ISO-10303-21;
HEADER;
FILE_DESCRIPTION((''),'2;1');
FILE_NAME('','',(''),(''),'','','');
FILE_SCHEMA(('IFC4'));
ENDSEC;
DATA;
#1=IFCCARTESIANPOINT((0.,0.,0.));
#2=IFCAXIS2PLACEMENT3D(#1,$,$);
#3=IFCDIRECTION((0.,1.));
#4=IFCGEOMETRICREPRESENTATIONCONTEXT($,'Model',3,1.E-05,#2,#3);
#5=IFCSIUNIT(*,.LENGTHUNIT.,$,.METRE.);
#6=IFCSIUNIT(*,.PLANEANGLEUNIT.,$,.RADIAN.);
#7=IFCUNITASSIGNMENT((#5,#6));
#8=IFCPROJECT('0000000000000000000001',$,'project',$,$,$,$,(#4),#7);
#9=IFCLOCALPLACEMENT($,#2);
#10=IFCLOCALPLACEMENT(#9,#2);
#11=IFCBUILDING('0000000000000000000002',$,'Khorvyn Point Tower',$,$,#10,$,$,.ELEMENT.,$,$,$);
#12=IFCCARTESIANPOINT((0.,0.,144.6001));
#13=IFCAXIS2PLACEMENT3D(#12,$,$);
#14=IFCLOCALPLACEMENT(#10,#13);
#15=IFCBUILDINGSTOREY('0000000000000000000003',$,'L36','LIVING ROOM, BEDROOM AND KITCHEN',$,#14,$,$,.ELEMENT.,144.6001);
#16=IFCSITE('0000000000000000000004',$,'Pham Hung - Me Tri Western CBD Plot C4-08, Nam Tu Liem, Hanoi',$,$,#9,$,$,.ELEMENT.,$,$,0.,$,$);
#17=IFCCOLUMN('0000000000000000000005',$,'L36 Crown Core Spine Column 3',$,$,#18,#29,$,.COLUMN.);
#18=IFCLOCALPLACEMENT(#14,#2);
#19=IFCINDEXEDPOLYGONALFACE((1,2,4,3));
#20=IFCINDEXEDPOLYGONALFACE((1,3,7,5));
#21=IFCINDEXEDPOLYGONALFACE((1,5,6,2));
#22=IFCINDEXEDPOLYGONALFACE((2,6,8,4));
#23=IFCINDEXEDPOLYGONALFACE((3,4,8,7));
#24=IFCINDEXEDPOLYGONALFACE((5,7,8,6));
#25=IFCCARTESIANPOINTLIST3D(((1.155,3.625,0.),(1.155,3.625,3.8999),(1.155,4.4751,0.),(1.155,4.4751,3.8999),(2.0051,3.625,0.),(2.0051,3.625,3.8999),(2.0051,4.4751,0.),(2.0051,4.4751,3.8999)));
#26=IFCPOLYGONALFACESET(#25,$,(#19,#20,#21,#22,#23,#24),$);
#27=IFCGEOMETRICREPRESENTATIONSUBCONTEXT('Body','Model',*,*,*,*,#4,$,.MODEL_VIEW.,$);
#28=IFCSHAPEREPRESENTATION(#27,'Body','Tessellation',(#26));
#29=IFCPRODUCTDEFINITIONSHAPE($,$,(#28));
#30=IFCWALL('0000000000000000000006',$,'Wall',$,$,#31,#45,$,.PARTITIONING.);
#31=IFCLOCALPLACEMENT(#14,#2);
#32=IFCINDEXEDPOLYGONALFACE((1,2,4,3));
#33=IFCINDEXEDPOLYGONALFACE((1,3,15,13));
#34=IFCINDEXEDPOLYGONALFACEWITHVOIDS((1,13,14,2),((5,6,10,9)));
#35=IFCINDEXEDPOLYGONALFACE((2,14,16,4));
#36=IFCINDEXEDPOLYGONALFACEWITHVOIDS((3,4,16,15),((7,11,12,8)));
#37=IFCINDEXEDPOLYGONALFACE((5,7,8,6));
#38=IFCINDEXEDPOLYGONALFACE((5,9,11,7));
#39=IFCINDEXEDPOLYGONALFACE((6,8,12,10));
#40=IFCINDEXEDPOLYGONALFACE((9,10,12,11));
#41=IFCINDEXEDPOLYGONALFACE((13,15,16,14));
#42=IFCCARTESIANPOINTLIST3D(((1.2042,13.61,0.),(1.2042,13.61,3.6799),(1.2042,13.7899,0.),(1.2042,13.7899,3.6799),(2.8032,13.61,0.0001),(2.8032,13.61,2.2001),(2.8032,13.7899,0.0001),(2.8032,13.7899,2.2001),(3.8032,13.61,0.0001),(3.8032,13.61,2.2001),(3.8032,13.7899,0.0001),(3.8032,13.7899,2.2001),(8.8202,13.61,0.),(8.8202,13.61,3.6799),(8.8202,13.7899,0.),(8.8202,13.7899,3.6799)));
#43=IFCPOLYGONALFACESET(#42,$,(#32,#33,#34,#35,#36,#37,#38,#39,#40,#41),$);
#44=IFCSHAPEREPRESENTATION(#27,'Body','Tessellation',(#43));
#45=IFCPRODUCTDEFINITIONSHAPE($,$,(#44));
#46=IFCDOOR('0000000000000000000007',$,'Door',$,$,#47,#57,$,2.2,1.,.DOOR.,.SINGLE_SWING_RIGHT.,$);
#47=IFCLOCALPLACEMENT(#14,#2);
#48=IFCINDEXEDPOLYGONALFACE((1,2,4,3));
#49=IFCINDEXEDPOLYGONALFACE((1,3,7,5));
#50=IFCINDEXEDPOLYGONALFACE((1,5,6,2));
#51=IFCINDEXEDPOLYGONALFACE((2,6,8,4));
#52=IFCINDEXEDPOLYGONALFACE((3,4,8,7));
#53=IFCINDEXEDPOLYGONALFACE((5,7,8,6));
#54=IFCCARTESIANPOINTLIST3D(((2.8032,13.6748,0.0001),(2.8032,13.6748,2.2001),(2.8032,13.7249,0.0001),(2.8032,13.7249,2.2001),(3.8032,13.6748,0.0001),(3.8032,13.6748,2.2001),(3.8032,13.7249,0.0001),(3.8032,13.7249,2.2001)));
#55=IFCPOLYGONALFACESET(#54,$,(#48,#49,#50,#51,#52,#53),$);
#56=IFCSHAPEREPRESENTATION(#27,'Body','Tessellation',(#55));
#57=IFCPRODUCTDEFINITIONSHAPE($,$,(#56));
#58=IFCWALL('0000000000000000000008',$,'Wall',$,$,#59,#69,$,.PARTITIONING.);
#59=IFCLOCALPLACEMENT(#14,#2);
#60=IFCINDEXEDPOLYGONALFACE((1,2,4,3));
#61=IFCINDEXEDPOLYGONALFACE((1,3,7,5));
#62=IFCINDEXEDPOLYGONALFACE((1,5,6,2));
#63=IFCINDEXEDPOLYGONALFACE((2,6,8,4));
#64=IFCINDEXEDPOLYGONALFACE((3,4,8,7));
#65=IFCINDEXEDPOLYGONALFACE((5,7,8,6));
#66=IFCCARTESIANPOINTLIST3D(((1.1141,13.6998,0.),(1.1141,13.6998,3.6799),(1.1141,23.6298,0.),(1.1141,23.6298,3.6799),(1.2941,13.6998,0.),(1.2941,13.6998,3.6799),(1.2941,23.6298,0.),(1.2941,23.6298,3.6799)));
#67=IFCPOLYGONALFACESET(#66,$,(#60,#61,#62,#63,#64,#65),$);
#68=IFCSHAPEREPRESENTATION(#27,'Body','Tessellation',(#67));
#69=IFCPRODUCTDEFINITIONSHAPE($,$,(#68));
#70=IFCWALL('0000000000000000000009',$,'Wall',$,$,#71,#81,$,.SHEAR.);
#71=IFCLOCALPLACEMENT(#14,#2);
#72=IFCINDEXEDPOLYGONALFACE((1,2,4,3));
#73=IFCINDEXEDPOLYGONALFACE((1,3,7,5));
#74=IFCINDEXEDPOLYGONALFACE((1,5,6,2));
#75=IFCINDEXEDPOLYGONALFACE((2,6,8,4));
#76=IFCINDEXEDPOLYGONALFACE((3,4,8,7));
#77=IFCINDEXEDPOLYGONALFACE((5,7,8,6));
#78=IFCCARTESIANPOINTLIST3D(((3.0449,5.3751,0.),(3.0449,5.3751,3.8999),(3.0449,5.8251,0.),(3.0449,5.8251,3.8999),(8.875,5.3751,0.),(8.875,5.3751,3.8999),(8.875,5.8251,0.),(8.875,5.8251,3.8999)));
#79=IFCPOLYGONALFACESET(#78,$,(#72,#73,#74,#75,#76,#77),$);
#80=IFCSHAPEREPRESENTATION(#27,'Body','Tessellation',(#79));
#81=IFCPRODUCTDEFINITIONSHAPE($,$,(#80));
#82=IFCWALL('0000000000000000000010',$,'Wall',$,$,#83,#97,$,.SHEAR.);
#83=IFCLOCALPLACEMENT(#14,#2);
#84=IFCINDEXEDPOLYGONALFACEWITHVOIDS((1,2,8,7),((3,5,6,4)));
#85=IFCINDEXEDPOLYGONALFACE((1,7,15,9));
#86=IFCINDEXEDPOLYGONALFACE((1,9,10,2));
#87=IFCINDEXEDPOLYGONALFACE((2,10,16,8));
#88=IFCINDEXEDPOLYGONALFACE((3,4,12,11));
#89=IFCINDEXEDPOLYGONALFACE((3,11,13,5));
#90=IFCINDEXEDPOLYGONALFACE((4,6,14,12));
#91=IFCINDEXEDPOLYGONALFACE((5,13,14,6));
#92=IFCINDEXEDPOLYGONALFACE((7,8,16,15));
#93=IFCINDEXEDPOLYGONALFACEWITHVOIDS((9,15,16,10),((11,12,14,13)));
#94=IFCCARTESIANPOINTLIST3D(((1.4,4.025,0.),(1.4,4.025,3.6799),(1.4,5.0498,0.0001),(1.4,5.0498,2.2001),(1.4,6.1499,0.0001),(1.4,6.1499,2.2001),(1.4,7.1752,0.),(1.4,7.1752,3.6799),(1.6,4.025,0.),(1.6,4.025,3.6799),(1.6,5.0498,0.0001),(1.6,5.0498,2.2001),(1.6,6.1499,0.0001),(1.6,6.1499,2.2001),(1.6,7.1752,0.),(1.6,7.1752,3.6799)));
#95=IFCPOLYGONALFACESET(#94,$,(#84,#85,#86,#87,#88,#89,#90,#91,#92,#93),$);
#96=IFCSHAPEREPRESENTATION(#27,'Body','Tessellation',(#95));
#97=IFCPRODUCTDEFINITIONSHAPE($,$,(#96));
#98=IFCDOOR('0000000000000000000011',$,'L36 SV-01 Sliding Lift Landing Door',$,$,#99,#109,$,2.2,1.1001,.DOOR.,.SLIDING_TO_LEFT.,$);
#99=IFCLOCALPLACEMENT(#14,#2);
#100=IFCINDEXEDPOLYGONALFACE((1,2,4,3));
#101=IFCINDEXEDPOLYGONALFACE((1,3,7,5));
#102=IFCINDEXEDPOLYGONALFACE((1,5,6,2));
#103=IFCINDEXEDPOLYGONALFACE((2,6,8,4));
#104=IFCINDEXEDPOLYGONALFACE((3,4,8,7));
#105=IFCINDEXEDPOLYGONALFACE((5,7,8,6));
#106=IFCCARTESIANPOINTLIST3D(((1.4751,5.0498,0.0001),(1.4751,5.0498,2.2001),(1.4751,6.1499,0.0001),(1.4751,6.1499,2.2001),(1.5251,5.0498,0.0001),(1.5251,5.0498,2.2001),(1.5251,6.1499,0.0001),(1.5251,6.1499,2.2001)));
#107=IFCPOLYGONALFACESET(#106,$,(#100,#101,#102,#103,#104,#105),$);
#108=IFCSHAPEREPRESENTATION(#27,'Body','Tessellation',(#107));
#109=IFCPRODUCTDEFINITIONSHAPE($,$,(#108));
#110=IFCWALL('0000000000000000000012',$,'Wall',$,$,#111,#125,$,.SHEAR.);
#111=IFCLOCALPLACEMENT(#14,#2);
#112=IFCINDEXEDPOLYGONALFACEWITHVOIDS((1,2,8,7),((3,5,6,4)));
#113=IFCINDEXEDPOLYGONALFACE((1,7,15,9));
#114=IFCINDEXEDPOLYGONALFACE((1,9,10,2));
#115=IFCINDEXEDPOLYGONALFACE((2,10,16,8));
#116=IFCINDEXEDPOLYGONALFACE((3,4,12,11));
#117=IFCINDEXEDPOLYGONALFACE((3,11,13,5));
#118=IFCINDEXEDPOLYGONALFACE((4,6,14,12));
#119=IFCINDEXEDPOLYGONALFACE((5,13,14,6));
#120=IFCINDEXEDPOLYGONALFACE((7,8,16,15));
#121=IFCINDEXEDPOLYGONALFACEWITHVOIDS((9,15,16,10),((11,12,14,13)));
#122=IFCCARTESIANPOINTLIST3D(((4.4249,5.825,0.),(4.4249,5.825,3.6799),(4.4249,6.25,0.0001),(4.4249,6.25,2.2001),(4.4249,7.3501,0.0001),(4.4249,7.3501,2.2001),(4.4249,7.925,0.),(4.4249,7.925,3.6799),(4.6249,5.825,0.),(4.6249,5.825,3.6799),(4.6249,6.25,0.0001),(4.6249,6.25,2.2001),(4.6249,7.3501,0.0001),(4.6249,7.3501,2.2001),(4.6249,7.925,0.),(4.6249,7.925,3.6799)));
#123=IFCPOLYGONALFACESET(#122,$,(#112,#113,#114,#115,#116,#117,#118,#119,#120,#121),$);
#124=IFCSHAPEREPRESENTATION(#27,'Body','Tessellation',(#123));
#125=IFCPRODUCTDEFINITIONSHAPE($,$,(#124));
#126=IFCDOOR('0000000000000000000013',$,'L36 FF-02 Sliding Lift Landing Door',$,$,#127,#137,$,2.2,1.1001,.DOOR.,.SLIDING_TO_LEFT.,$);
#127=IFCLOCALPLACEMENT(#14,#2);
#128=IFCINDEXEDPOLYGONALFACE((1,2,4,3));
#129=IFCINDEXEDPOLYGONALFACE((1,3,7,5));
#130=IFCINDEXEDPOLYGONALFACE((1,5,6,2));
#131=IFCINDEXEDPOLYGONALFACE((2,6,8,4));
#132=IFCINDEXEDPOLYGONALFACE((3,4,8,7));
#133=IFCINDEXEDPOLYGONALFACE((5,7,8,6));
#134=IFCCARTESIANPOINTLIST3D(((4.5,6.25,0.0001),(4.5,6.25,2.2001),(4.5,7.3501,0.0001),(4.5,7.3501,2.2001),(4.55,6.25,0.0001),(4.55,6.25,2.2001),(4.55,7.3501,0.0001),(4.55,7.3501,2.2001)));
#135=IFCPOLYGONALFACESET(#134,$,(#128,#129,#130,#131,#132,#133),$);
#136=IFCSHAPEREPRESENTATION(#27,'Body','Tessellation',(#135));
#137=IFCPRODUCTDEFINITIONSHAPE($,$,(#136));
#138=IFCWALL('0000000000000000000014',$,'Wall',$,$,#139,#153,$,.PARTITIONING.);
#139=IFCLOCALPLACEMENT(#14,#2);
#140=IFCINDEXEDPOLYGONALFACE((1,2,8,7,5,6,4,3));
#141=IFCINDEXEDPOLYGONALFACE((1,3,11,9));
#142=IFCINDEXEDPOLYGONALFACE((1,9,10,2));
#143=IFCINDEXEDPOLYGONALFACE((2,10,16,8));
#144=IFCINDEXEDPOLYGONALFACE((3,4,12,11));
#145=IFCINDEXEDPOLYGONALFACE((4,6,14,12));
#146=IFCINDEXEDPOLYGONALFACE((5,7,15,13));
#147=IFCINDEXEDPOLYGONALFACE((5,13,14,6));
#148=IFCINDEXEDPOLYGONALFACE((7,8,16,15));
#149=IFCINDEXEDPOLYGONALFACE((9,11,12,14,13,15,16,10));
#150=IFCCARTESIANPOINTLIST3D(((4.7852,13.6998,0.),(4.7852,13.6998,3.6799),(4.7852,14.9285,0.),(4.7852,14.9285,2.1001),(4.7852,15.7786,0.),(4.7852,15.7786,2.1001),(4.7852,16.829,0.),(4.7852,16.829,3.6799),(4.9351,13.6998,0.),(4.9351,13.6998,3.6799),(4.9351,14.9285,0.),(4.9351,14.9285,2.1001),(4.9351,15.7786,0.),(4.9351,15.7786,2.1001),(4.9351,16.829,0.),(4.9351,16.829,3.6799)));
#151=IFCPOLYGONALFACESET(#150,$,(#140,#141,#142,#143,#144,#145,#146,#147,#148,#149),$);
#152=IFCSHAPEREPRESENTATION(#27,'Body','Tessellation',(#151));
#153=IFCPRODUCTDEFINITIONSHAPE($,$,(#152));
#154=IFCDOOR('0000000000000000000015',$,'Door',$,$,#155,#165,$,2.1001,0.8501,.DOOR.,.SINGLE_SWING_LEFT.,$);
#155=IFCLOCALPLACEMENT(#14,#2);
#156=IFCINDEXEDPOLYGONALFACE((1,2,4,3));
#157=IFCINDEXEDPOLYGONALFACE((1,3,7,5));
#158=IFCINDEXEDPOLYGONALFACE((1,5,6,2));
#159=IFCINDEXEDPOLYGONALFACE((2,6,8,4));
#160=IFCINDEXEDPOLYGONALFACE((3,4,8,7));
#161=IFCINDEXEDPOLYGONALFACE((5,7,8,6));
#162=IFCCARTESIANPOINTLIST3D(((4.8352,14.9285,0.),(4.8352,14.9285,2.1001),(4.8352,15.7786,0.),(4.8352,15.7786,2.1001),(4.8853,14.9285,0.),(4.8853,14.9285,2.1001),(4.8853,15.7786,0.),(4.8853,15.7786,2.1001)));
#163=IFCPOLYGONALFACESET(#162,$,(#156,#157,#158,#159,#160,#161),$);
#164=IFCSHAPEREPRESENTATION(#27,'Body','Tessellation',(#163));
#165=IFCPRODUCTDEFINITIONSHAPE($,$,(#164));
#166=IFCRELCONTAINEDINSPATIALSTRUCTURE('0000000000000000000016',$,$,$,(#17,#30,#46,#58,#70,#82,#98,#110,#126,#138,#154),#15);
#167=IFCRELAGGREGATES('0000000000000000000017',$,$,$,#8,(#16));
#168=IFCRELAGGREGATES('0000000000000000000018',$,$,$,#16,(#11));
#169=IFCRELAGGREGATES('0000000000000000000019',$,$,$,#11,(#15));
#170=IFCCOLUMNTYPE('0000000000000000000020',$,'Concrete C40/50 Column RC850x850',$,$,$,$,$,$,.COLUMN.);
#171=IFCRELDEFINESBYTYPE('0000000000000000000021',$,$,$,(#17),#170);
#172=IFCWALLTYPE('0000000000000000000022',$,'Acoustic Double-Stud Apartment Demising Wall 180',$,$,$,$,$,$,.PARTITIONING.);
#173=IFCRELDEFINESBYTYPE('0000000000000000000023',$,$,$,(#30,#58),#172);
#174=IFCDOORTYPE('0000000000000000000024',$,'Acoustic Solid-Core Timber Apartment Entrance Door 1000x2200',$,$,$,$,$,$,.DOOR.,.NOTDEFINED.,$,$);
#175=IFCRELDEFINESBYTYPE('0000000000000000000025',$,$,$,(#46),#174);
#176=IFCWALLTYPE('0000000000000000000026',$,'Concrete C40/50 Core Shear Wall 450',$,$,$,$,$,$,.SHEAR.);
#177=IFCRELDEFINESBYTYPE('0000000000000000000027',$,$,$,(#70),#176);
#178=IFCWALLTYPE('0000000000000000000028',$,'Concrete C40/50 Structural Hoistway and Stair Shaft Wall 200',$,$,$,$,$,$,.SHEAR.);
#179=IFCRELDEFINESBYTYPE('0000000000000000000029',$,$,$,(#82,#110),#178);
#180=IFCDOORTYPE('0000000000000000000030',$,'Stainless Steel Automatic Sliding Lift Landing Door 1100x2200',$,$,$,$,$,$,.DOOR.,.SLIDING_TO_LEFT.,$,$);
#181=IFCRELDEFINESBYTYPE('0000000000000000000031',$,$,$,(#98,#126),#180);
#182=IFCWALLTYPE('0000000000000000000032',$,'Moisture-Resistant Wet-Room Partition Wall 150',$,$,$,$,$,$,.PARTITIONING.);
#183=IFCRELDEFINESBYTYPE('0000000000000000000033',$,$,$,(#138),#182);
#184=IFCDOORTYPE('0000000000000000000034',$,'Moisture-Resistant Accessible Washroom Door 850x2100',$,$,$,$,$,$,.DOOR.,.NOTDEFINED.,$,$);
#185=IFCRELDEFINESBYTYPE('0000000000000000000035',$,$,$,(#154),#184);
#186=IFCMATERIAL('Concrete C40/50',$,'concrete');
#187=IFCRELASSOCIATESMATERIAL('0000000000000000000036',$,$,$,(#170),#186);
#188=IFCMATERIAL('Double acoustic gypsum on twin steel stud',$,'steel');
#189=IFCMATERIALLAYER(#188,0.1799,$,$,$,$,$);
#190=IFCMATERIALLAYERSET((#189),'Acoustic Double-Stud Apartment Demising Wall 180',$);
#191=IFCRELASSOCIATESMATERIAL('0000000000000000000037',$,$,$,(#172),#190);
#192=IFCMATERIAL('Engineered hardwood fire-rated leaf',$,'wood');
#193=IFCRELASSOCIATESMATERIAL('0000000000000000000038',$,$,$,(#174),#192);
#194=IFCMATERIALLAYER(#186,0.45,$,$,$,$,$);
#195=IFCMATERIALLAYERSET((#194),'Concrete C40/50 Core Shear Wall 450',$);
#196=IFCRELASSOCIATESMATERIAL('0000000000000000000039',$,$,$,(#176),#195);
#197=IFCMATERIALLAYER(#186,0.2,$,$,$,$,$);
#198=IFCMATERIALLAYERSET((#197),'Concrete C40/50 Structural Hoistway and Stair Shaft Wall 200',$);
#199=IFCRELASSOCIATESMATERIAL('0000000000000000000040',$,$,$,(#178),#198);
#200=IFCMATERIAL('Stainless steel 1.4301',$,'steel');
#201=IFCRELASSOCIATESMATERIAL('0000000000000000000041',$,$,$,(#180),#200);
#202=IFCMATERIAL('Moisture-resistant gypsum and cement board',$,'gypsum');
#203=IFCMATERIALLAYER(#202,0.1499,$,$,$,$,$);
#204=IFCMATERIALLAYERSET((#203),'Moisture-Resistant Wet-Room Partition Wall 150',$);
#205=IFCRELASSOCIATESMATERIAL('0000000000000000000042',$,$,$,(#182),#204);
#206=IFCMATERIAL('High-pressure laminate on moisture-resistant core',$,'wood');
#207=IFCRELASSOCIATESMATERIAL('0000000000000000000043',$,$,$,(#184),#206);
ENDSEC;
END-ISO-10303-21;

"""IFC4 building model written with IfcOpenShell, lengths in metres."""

from ifc_helpers import new_model, si_unit, direction, frame, frame_2d, origin, origin_2d, place, context, subcontext, project, spatial, rectangle, extrude, material, layer, layer_set, material_profile, profile_set, type_object, element, fill, save


model = new_model("IFC4")

# Units and contexts
model_context = context("Model", 3, precision=1e-05, world=origin(), true_north=direction((0.0, 1.0)))
body_context = subcontext(model_context, "Body", "Model", "MODEL_VIEW")
ifc_project = project(units=[si_unit("LENGTHUNIT", "METRE"), si_unit("PLANEANGLEUNIT", "RADIAN")], contexts=[model_context])

# Site, building, storey
site_placement = place(None, origin())
site = spatial("IfcSite", under=ifc_project, at=site_placement, Name="Pham Hung - Me Tri Western CBD Plot C4-08, Nam Tu Liem, Hanoi", CompositionType="ELEMENT", RefElevation=0.0)
building_placement = place(site_placement, origin())
building = spatial("IfcBuilding", under=site, at=building_placement, Name="Khorvyn Point Tower", CompositionType="ELEMENT")
storey_placement = place(building_placement, frame((0.0, 0.0, 144.6001)))
storey = spatial("IfcBuildingStorey", under=building, at=storey_placement, Name="L36", Description="LIVING ROOM, BEDROOM AND KITCHEN", CompositionType="ELEMENT", Elevation=144.6001)

# Column
ifc_material_1 = material(Name="Concrete C40/50", Category="concrete")
ifc_material_profile = material_profile(ifc_material_1, rectangle(XDim=0.8501, YDim=0.8501, at=origin_2d()))
ifc_profile_set = profile_set([ifc_material_profile], Name="Concrete C40/50 RC850x850")
column_type = type_object("IfcColumnType", Name="Concrete C40/50 Column RC850x850", PredefinedType="COLUMN", material=ifc_profile_set)
column_placement = place(storey_placement, frame((1.5801, 4.05, 0.0), z_axis=(0.0, 0.0, 1.0), x_axis=(1.0, 0.0, 0.0)))
element("IfcColumn", 1, at=column_placement, inside=storey, type_object=column_type, Name="L36 Crown Core Spine Column 3", PredefinedType="COLUMN", context=body_context, shape_type="SweptSolid", body=[
    extrude(rectangle(XDim=0.8501, YDim=0.8501, at=origin_2d()), origin(), (0.0, 0.0, 1.0), 3.8999),
])

# Wall, opening, door
ifc_material_2 = material(Name="Double acoustic gypsum on twin steel stud", Category="steel")
ifc_layer_1 = layer(ifc_material_2, 0.1799)
ifc_layer_set_1 = layer_set([ifc_layer_1], Name="Acoustic Double-Stud Apartment Demising Wall 180")
wall_type_1 = type_object("IfcWallType", Name="Acoustic Double-Stud Apartment Demising Wall 180", PredefinedType="PARTITIONING", material=ifc_layer_set_1)
wall_1_placement = place(storey_placement, frame((1.2041, 13.7, 0.0), z_axis=(0.0, 0.0, 1.0), x_axis=(1.0, 0.0, 0.0)))
wall_1 = element("IfcWall", 2, at=wall_1_placement, inside=storey, type_object=wall_type_1, Name="Wall", PredefinedType="PARTITIONING", context=body_context, shape_type="SweptSolid", body=[
    extrude(rectangle(XDim=7.616, YDim=0.1799, at=frame_2d((3.8081, 0.0))), origin(), (0.0, 0.0, 1.0), 3.6799),
])
opening_1_placement = place(wall_1_placement, frame((1.5991, 0.0, 0.0)))
opening_1 = element("IfcOpeningElement", 3, at=opening_1_placement, cuts=wall_1, PredefinedType="OPENING", context=body_context, shape_type="SweptSolid", body=[
    extrude(rectangle(XDim=1.0, YDim=2.2, at=frame_2d((0.5, 1.1001))), frame((0.0, 0.0999, 0.0), z_axis=(0.0, -1.0, 0.0), x_axis=(1.0, 0.0, 0.0)), (0.0, 0.0, 1.0), 0.2),
])
ifc_material_3 = material(Name="Engineered hardwood fire-rated leaf", Category="wood")
door_type_1 = type_object("IfcDoorType", Name="Acoustic Solid-Core Timber Apartment Entrance Door 1000x2200", OperationType="NOTDEFINED", PredefinedType="DOOR", material=ifc_material_3)
door_1_placement = place(opening_1_placement, origin())
door_1 = element("IfcDoor", 4, at=door_1_placement, inside=storey, type_object=door_type_1, Name="Door", OperationType="SINGLE_SWING_RIGHT", OverallHeight=2.2, OverallWidth=1.0, PredefinedType="DOOR", context=body_context, shape_type="SweptSolid", body=[
    extrude(rectangle(XDim=1.0, YDim=2.2, at=frame_2d((0.5, 1.1001))), frame((0.0, 0.0249, 0.0), z_axis=(0.0, -1.0, 0.0), x_axis=(1.0, 0.0, 0.0)), (0.0, 0.0, 1.0), 0.05),
])
fill(opening_1, door_1)

# Walls
wall_2_placement = place(storey_placement, frame((1.2041, 13.7, 0.0), z_axis=(0.0, 0.0, 1.0), x_axis=(0.0, 1.0, 0.0)))
element("IfcWall", 5, at=wall_2_placement, inside=storey, type_object=wall_type_1, Name="Wall", PredefinedType="PARTITIONING", context=body_context, shape_type="SweptSolid", body=[
    extrude(rectangle(XDim=9.9299, YDim=0.1799, at=frame_2d((4.9648, 0.0))), origin(), (0.0, 0.0, 1.0), 3.6799),
])
ifc_layer_2 = layer(ifc_material_1, 0.45)
ifc_layer_set_2 = layer_set([ifc_layer_2], Name="Concrete C40/50 Core Shear Wall 450")
wall_type_2 = type_object("IfcWallType", Name="Concrete C40/50 Core Shear Wall 450", PredefinedType="SHEAR", material=ifc_layer_set_2)
wall_3_placement = place(storey_placement, frame((3.0449, 5.6001, 0.0), z_axis=(0.0, 0.0, 1.0), x_axis=(1.0, 0.0, 0.0)))
element("IfcWall", 6, at=wall_3_placement, inside=storey, type_object=wall_type_2, Name="Wall", PredefinedType="SHEAR", context=body_context, shape_type="SweptSolid", body=[
    extrude(rectangle(XDim=5.8301, YDim=0.45, at=frame_2d((2.915, 0.0))), origin(), (0.0, 0.0, 1.0), 3.8999),
])

# Walls, openings, doors
ifc_layer_3 = layer(ifc_material_1, 0.2)
ifc_layer_set_3 = layer_set([ifc_layer_3], Name="Concrete C40/50 Structural Hoistway and Stair Shaft Wall 200")
wall_type_3 = type_object("IfcWallType", Name="Concrete C40/50 Structural Hoistway and Stair Shaft Wall 200", PredefinedType="SHEAR", material=ifc_layer_set_3)
wall_4_placement = place(storey_placement, frame((1.5, 4.0249, 0.0), z_axis=(0.0, 0.0, 1.0), x_axis=(0.0, 1.0, 0.0)))
wall_4 = element("IfcWall", 7, at=wall_4_placement, inside=storey, type_object=wall_type_3, Name="Wall", PredefinedType="SHEAR", context=body_context, shape_type="SweptSolid", body=[
    extrude(rectangle(XDim=3.1501, YDim=0.2, at=frame_2d((1.5752, 0.0))), origin(), (0.0, 0.0, 1.0), 3.6799),
])
opening_2_placement = place(wall_4_placement, frame((1.0249, 0.0, 0.0)))
opening_2 = element("IfcOpeningElement", 8, at=opening_2_placement, cuts=wall_4, PredefinedType="OPENING", context=body_context, shape_type="SweptSolid", body=[
    extrude(rectangle(XDim=1.1001, YDim=2.2, at=frame_2d((0.55, 1.1001))), frame((0.0, 0.1099, 0.0), z_axis=(0.0, -1.0, 0.0), x_axis=(1.0, 0.0, 0.0)), (0.0, 0.0, 1.0), 0.22),
])
ifc_material_4 = material(Name="Stainless steel 1.4301", Category="steel")
door_type_2 = type_object("IfcDoorType", Name="Stainless Steel Automatic Sliding Lift Landing Door 1100x2200", OperationType="SLIDING_TO_LEFT", PredefinedType="DOOR", material=ifc_material_4)
door_2_placement = place(opening_2_placement, origin())
door_2 = element("IfcDoor", 9, at=door_2_placement, inside=storey, type_object=door_type_2, Name="L36 SV-01 Sliding Lift Landing Door", OperationType="SLIDING_TO_LEFT", OverallHeight=2.2, OverallWidth=1.1001, PredefinedType="DOOR", context=body_context, shape_type="SweptSolid", body=[
    extrude(rectangle(XDim=1.1001, YDim=2.2, at=frame_2d((0.55, 1.1001))), frame((0.0, 0.0249, 0.0), z_axis=(0.0, -1.0, 0.0), x_axis=(1.0, 0.0, 0.0)), (0.0, 0.0, 1.0), 0.05),
])
fill(opening_2, door_2)
wall_5_placement = place(storey_placement, frame((4.5249, 5.825, 0.0), z_axis=(0.0, 0.0, 1.0), x_axis=(0.0, 1.0, 0.0)))
wall_5 = element("IfcWall", 10, at=wall_5_placement, inside=storey, type_object=wall_type_3, Name="Wall", PredefinedType="SHEAR", context=body_context, shape_type="SweptSolid", body=[
    extrude(rectangle(XDim=2.1001, YDim=0.2, at=frame_2d((1.05, 0.0))), origin(), (0.0, 0.0, 1.0), 3.6799),
])
opening_3_placement = place(wall_5_placement, frame((0.425, 0.0, 0.0)))
opening_3 = element("IfcOpeningElement", 11, at=opening_3_placement, cuts=wall_5, PredefinedType="OPENING", context=body_context, shape_type="SweptSolid", body=[
    extrude(rectangle(XDim=1.1001, YDim=2.2, at=frame_2d((0.55, 1.1001))), frame((0.0, 0.1099, 0.0), z_axis=(0.0, -1.0, 0.0), x_axis=(1.0, 0.0, 0.0)), (0.0, 0.0, 1.0), 0.22),
])
door_3_placement = place(opening_3_placement, origin())
door_3 = element("IfcDoor", 12, at=door_3_placement, inside=storey, type_object=door_type_2, Name="L36 FF-02 Sliding Lift Landing Door", OperationType="SLIDING_TO_LEFT", OverallHeight=2.2, OverallWidth=1.1001, PredefinedType="DOOR", context=body_context, shape_type="SweptSolid", body=[
    extrude(rectangle(XDim=1.1001, YDim=2.2, at=frame_2d((0.55, 1.1001))), frame((0.0, 0.0249, 0.0), z_axis=(0.0, -1.0, 0.0), x_axis=(1.0, 0.0, 0.0)), (0.0, 0.0, 1.0), 0.05),
])
fill(opening_3, door_3)
ifc_material_5 = material(Name="Moisture-resistant gypsum and cement board", Category="gypsum")
ifc_layer_4 = layer(ifc_material_5, 0.1499)
ifc_layer_set_4 = layer_set([ifc_layer_4], Name="Moisture-Resistant Wet-Room Partition Wall 150")
wall_type_4 = type_object("IfcWallType", Name="Moisture-Resistant Wet-Room Partition Wall 150", PredefinedType="PARTITIONING", material=ifc_layer_set_4)
wall_6_placement = place(storey_placement, frame((4.8601, 13.7, 0.0), z_axis=(0.0, 0.0, 1.0), x_axis=(0.0, 1.0, 0.0)))
wall_6 = element("IfcWall", 13, at=wall_6_placement, inside=storey, type_object=wall_type_4, Name="Wall", PredefinedType="PARTITIONING", context=body_context, shape_type="SweptSolid", body=[
    extrude(rectangle(XDim=3.1292, YDim=0.1499, at=frame_2d((1.5645, 0.0))), origin(), (0.0, 0.0, 1.0), 3.6799),
])
opening_4_placement = place(wall_6_placement, frame((1.2285, 0.0, 0.0)))
opening_4 = element("IfcOpeningElement", 14, at=opening_4_placement, cuts=wall_6, PredefinedType="OPENING", context=body_context, shape_type="SweptSolid", body=[
    extrude(rectangle(XDim=0.8501, YDim=2.1001, at=frame_2d((0.425, 1.05))), frame((0.0, 0.085, 0.0), z_axis=(0.0, -1.0, 0.0), x_axis=(1.0, 0.0, 0.0)), (0.0, 0.0, 1.0), 0.1699),
])
ifc_material_6 = material(Name="High-pressure laminate on moisture-resistant core", Category="wood")
door_type_3 = type_object("IfcDoorType", Name="Moisture-Resistant Accessible Washroom Door 850x2100", OperationType="NOTDEFINED", PredefinedType="DOOR", material=ifc_material_6)
door_4_placement = place(opening_4_placement, origin())
door_4 = element("IfcDoor", 15, at=door_4_placement, inside=storey, type_object=door_type_3, Name="Door", OperationType="SINGLE_SWING_LEFT", OverallHeight=2.1001, OverallWidth=0.8501, PredefinedType="DOOR", context=body_context, shape_type="SweptSolid", body=[
    extrude(rectangle(XDim=0.8501, YDim=2.1001, at=frame_2d((0.425, 1.05))), frame((0.0, 0.0249, 0.0), z_axis=(0.0, -1.0, 0.0), x_axis=(1.0, 0.0, 0.0)), (0.0, 0.0, 1.0), 0.05),
])
fill(opening_4, door_4)

save(model, "model.ifc")
